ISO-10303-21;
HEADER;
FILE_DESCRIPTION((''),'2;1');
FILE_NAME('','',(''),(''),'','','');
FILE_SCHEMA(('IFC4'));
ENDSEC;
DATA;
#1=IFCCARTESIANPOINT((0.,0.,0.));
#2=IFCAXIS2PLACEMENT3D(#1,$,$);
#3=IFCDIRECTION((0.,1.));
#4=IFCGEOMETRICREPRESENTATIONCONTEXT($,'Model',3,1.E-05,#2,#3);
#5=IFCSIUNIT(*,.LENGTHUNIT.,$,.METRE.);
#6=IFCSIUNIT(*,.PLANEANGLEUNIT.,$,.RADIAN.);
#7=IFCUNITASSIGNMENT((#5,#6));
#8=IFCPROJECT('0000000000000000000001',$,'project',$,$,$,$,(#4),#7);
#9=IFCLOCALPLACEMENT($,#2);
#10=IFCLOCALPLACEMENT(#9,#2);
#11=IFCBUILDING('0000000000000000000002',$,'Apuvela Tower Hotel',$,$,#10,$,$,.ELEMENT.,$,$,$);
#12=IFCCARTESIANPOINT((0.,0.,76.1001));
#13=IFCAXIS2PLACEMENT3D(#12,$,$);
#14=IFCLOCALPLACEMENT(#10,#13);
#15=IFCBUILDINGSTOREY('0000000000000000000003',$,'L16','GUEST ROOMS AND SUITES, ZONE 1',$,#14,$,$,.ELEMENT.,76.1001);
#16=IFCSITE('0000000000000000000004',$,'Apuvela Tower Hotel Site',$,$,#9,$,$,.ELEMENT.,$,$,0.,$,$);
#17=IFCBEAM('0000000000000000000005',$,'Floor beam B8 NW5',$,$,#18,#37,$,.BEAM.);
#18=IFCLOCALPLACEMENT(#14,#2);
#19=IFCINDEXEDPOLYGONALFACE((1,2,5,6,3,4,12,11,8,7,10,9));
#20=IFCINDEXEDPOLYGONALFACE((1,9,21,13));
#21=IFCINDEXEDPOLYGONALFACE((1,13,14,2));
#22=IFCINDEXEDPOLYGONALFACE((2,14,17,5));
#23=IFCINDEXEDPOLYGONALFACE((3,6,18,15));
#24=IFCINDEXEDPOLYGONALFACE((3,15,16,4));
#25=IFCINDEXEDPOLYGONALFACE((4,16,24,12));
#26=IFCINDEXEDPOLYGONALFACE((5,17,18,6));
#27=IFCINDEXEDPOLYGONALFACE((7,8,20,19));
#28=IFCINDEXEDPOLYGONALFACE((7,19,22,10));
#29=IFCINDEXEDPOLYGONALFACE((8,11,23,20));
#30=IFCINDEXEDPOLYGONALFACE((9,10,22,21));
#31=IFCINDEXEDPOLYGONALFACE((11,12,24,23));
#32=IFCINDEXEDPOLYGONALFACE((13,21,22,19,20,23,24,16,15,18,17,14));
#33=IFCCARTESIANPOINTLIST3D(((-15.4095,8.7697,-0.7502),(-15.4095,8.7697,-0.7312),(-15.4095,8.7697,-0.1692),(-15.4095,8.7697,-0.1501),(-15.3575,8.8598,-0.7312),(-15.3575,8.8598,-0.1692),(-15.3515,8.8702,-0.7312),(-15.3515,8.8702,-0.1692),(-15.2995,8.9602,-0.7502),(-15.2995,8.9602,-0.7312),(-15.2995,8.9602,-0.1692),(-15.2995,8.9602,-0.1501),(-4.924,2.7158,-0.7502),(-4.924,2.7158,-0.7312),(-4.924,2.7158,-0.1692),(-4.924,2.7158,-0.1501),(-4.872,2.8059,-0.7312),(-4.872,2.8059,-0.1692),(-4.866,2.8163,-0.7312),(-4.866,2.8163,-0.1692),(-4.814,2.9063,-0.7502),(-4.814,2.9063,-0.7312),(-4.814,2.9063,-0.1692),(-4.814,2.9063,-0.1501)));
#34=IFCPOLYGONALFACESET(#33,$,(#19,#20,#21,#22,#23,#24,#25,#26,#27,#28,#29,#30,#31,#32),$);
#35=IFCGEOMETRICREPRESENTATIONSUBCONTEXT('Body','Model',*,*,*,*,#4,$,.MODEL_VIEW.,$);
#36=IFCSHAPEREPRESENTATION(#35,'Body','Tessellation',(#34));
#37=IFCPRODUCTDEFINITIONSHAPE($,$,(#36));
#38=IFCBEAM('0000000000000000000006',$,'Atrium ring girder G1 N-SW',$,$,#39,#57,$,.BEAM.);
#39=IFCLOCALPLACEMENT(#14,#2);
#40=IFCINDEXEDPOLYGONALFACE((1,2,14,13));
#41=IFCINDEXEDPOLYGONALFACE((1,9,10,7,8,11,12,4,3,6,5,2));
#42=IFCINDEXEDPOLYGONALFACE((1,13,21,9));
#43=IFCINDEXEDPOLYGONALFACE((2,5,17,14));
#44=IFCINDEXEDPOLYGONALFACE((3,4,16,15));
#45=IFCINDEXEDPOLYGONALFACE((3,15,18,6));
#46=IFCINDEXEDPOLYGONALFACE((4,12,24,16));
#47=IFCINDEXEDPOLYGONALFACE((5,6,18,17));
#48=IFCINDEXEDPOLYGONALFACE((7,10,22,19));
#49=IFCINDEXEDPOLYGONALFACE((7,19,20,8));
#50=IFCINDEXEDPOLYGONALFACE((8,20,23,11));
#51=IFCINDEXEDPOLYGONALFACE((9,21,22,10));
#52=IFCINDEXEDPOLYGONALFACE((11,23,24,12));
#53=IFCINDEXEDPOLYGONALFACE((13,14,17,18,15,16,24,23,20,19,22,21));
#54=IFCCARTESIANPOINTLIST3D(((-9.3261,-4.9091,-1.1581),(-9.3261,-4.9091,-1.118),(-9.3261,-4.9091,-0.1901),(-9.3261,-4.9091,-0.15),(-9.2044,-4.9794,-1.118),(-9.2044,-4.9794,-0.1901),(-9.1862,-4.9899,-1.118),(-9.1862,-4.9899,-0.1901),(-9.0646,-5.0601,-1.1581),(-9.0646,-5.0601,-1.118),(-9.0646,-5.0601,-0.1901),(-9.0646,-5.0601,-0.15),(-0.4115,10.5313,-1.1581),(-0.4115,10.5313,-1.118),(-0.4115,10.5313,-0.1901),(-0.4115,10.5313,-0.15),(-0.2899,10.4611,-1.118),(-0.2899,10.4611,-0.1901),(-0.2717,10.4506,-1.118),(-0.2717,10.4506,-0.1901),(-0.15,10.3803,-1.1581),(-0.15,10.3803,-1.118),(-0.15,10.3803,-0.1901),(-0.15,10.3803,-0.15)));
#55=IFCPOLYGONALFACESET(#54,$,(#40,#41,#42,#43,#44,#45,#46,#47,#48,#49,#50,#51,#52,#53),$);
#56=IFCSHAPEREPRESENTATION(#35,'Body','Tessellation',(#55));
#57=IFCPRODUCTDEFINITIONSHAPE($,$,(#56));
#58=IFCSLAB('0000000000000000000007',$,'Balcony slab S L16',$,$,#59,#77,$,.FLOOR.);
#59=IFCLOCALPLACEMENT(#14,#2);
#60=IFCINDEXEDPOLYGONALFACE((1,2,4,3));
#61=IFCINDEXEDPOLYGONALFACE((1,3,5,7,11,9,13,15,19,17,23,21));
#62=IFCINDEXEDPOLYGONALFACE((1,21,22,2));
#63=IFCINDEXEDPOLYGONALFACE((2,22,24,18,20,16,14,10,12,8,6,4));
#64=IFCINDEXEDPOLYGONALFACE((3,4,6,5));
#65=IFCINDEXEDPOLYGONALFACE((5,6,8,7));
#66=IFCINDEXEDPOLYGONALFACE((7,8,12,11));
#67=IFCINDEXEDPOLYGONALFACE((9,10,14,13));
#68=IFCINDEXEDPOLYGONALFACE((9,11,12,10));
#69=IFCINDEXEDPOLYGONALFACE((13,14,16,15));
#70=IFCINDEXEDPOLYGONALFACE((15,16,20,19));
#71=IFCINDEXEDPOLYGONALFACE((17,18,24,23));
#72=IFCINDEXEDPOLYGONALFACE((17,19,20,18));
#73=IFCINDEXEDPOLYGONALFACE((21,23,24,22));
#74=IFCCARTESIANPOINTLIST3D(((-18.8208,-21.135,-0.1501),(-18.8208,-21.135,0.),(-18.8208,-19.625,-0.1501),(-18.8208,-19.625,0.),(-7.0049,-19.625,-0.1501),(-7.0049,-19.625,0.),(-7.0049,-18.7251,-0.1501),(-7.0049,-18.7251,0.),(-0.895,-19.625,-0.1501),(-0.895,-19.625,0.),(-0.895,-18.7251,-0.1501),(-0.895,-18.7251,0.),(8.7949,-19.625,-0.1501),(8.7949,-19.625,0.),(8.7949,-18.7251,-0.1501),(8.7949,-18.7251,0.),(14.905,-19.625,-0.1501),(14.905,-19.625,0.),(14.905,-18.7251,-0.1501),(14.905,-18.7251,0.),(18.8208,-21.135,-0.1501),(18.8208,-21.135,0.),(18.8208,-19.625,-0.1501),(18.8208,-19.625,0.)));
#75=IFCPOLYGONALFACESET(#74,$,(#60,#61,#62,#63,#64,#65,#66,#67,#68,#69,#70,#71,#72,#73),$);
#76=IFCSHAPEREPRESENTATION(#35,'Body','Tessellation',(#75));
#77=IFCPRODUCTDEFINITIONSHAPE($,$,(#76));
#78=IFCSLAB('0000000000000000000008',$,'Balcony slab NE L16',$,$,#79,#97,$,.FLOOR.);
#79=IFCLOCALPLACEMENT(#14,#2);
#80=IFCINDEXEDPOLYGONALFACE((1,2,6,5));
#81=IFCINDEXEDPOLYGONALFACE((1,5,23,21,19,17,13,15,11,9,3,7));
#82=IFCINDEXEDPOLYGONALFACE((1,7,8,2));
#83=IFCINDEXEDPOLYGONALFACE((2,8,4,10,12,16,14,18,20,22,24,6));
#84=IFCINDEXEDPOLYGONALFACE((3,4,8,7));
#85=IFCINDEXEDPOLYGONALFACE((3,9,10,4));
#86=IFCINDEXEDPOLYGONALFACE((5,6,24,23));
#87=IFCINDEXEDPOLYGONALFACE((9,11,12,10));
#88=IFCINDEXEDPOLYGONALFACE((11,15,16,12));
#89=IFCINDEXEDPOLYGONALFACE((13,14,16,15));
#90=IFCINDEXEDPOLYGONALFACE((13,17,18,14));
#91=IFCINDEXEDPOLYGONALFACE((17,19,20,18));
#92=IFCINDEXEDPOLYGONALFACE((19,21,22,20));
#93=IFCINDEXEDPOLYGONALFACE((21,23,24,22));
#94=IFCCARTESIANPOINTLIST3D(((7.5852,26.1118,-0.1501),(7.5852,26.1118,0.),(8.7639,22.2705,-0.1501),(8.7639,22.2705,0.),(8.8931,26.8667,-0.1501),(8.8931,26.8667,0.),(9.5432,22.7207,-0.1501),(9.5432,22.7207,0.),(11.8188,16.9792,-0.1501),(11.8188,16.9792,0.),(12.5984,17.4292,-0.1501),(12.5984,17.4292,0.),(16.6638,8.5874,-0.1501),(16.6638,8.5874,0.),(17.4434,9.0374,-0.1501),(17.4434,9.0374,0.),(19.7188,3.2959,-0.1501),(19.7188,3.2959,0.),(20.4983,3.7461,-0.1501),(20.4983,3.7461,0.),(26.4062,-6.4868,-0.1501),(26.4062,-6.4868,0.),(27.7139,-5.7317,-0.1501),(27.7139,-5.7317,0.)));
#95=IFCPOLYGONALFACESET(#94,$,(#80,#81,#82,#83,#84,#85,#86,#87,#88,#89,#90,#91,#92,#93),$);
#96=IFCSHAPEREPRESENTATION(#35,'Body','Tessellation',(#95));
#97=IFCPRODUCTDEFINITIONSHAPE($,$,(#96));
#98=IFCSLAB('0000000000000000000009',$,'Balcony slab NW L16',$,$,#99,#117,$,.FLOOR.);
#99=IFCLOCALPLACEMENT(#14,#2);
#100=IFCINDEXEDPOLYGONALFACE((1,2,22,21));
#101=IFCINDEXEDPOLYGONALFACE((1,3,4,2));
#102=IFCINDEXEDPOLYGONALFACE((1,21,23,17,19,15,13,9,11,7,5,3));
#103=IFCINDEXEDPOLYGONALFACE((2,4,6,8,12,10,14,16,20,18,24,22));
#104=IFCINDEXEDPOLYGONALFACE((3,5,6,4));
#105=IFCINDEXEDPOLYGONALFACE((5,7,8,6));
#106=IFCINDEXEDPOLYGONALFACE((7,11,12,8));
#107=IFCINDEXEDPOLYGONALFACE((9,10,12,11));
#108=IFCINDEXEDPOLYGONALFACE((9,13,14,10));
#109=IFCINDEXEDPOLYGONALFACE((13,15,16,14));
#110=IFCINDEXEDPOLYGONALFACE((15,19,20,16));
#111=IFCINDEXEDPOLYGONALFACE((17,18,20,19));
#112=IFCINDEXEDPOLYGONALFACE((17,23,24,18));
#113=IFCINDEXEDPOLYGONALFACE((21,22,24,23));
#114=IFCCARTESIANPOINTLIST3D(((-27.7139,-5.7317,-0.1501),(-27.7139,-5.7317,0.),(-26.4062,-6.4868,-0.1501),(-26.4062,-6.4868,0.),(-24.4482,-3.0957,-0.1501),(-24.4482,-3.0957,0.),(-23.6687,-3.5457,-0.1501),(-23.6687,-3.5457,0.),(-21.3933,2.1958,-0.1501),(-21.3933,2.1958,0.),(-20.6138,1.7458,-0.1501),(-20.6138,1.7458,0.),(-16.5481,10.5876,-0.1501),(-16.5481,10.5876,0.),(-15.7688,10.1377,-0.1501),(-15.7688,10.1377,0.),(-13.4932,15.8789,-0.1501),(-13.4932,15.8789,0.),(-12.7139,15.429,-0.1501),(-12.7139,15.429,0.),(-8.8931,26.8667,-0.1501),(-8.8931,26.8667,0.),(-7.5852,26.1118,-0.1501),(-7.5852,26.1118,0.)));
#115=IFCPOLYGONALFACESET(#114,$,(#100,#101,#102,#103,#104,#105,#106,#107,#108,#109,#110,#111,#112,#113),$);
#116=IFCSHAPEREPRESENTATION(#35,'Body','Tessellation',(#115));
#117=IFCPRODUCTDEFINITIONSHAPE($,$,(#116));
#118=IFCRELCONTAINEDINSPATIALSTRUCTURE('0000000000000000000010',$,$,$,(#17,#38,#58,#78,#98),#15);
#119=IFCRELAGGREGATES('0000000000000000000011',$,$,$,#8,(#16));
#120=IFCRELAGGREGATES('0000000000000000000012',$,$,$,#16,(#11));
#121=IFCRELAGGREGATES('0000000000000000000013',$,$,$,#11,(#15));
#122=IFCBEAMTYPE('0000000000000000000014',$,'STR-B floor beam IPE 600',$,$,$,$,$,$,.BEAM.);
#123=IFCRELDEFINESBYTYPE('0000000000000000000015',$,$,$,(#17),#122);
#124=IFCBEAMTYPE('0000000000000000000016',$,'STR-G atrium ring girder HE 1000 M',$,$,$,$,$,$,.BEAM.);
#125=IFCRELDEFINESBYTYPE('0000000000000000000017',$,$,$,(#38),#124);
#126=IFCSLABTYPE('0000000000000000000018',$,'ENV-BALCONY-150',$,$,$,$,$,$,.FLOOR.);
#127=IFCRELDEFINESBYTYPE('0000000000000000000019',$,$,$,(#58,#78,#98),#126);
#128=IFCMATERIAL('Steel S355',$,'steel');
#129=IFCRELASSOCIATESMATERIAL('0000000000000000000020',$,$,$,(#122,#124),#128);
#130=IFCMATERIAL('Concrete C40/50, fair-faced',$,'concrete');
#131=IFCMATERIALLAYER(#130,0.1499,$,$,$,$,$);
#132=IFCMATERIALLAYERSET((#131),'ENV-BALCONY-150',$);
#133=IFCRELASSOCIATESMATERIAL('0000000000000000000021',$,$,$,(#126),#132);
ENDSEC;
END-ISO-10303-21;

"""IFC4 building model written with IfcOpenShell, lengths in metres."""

from ifc_helpers import new_model, si_unit, direction, frame, origin, origin_2d, place, context, subcontext, project, spatial, polyline, i_section, outline, extrude, material, layer, layer_set, material_profile, profile_set, type_object, element, save


model = new_model("IFC4")

# Units and contexts
model_context = context("Model", 3, precision=1e-05, world=origin(), true_north=direction((0.0, 1.0)))
body_context = subcontext(model_context, "Body", "Model", "MODEL_VIEW")
ifc_project = project(units=[si_unit("LENGTHUNIT", "METRE"), si_unit("PLANEANGLEUNIT", "RADIAN")], contexts=[model_context])

# Site, building, storey
site_placement = place(None, origin())
site = spatial("IfcSite", under=ifc_project, at=site_placement, Name="Apuvela Tower Hotel Site", CompositionType="ELEMENT", RefElevation=0.0)
building_placement = place(site_placement, origin())
building = spatial("IfcBuilding", under=site, at=building_placement, Name="Apuvela Tower Hotel", CompositionType="ELEMENT")
storey_placement = place(building_placement, frame((0.0, 0.0, 76.1001)))
storey = spatial("IfcBuildingStorey", under=building, at=storey_placement, Name="L16", Description="GUEST ROOMS AND SUITES, ZONE 1", CompositionType="ELEMENT", Elevation=76.1001)

# Beams
ifc_material_1 = material(Name="Steel S355", Category="steel")
ifc_material_profile_1 = material_profile(ifc_material_1, i_section(OverallWidth=0.22, OverallDepth=0.6001, WebThickness=0.012, FlangeThickness=0.019, at=origin_2d()), Name="IPE 600")
ifc_profile_set_1 = profile_set([ifc_material_profile_1], Name="Steel S355")
beam_type_1 = type_object("IfcBeamType", Name="STR-B floor beam IPE 600", PredefinedType="BEAM", material=ifc_profile_set_1)
beam_1_placement = place(storey_placement, frame((-15.3545, 8.865, -0.4502), z_axis=(0.866022, -0.500006, 0.0), x_axis=(0.500006, 0.866022, 0.0)))
element("IfcBeam", 1, at=beam_1_placement, inside=storey, type_object=beam_type_1, Name="Floor beam B8 NW5", PredefinedType="BEAM", context=body_context, shape_type="SweptSolid", body=[
    extrude(i_section(OverallWidth=0.22, OverallDepth=0.6001, WebThickness=0.012, FlangeThickness=0.019, at=origin_2d()), origin(), (0.0, 0.0, 1.0), 12.1077),
])
ifc_material_profile_2 = material_profile(ifc_material_1, i_section(OverallWidth=0.302, OverallDepth=1.0081, WebThickness=0.021, FlangeThickness=0.04, at=origin_2d()), Name="HE 1000 M")
ifc_profile_set_2 = profile_set([ifc_material_profile_2], Name="Steel S355")
beam_type_2 = type_object("IfcBeamType", Name="STR-G atrium ring girder HE 1000 M", PredefinedType="BEAM", material=ifc_profile_set_2)
beam_2_placement = place(storey_placement, frame((-0.2808, 10.4558, -0.6541), z_axis=(-0.500001, -0.866025, 0.0), x_axis=(0.866025, -0.500001, 0.0)))
element("IfcBeam", 2, at=beam_2_placement, inside=storey, type_object=beam_type_2, Name="Atrium ring girder G1 N-SW", PredefinedType="BEAM", context=body_context, shape_type="SweptSolid", body=[
    extrude(i_section(OverallWidth=0.302, OverallDepth=1.0081, WebThickness=0.021, FlangeThickness=0.04, at=origin_2d()), origin(), (0.0, 0.0, 1.0), 17.8291),
])

# Slabs
ifc_material_2 = material(Name="Concrete C40/50, fair-faced", Category="concrete")
ifc_layer_1 = layer(ifc_material_2, 0.1499)
ifc_layer_set_1 = layer_set([ifc_layer_1], Name="ENV-BALCONY-150")
slab_type_1 = type_object("IfcSlabType", Name="ENV-BALCONY-150", PredefinedType="FLOOR", material=ifc_layer_set_1)
slab_1_placement = place(storey_placement, frame((0.0, 0.0, -0.1501)))
element("IfcSlab", 3, at=slab_1_placement, inside=storey, type_object=slab_type_1, Name="Balcony slab S L16", PredefinedType="FLOOR", context=body_context, shape_type="SweptSolid", body=[
    extrude(outline(polyline([(18.8208, -21.135), (-18.8208, -21.135), (-18.8208, -19.625), (-7.0049, -19.625), (-7.0049, -18.7251), (-0.895, -18.7251), (-0.895, -19.625), (8.7949, -19.625), (8.7949, -18.7251), (14.905, -18.7251), (14.905, -19.625), (18.8208, -19.625), (18.8208, -21.135)])), origin(), (0.0, 0.0, 1.0), 0.1501),
])
slab_2_placement = place(storey_placement, frame((0.0, 0.0, -0.1501)))
element("IfcSlab", 4, at=slab_2_placement, inside=storey, type_object=slab_type_1, Name="Balcony slab NE L16", PredefinedType="FLOOR", context=body_context, shape_type="SweptSolid", body=[
    extrude(outline(polyline([(17.4434, 9.0374), (12.5984, 17.4292), (11.8188, 16.9792), (8.7639, 22.2705), (9.5432, 22.7207), (7.5852, 26.1118), (8.8931, 26.8667), (27.7139, -5.7317), (26.4062, -6.4868), (20.4983, 3.7461), (19.7188, 3.2959), (16.6638, 8.5874), (17.4434, 9.0374)])), origin(), (0.0, 0.0, 1.0), 0.1501),
])
slab_3_placement = place(storey_placement, frame((0.0, 0.0, -0.1501)))
element("IfcSlab", 5, at=slab_3_placement, inside=storey, type_object=slab_type_1, Name="Balcony slab NW L16", PredefinedType="FLOOR", context=body_context, shape_type="SweptSolid", body=[
    extrude(outline(polyline([(-27.7139, -5.7317), (-8.8931, 26.8667), (-7.5852, 26.1118), (-13.4932, 15.8789), (-12.7139, 15.429), (-15.7688, 10.1377), (-16.5481, 10.5876), (-21.3933, 2.1958), (-20.6138, 1.7458), (-23.6687, -3.5457), (-24.4482, -3.0957), (-26.4062, -6.4868), (-27.7139, -5.7317)])), origin(), (0.0, 0.0, 1.0), 0.1501),
])

save(model, "model.ifc")
